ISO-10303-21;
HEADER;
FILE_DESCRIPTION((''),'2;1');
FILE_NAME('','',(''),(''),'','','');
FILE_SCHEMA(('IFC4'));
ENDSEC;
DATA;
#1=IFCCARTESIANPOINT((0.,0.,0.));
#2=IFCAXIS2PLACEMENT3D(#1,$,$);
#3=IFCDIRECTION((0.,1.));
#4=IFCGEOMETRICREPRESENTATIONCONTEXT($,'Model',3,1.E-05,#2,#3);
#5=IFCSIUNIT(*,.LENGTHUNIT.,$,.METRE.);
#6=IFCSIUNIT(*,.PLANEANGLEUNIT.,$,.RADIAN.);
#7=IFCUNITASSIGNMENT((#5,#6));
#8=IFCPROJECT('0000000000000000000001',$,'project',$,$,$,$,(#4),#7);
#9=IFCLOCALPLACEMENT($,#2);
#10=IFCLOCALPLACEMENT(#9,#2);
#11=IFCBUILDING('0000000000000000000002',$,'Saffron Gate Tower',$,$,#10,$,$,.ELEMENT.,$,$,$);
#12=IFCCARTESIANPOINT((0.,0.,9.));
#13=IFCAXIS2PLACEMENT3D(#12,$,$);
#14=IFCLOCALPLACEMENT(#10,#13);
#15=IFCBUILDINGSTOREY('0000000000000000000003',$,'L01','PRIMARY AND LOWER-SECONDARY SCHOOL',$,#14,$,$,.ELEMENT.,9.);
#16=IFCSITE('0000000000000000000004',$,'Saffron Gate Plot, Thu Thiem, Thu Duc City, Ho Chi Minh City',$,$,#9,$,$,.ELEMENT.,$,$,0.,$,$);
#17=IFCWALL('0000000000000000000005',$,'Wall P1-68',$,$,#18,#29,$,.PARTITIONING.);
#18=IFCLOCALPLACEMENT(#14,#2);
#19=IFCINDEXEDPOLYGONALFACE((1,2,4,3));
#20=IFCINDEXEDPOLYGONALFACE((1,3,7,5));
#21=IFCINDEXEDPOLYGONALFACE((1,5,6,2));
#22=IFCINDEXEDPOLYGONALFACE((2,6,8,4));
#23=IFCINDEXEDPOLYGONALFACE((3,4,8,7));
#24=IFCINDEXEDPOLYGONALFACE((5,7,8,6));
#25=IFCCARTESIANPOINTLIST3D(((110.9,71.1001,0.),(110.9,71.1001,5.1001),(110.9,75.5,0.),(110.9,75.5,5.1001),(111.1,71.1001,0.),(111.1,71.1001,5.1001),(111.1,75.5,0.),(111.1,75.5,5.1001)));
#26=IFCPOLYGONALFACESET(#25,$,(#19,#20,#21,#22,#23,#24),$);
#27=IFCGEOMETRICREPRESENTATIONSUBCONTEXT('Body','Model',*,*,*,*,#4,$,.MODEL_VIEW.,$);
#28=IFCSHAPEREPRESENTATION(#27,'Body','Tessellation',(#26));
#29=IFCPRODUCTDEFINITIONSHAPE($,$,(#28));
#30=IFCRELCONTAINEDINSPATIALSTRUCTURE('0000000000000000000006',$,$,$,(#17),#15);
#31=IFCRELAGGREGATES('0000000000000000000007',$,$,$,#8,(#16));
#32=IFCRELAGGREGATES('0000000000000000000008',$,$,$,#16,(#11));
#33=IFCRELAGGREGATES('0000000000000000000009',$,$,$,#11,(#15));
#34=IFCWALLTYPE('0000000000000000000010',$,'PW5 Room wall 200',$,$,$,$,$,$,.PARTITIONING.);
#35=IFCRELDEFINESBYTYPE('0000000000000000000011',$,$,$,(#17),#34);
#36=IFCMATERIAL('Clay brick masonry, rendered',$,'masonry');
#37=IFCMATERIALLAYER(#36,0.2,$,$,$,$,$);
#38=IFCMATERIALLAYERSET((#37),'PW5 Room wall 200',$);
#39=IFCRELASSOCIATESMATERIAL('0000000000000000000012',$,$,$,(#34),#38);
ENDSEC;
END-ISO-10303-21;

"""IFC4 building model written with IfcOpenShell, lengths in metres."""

from ifc_helpers import new_model, si_unit, direction, frame, frame_2d, origin, place, context, subcontext, project, spatial, rectangle, extrude, material, layer, layer_set, type_object, element, save


model = new_model("IFC4")

# Units and contexts
model_context = context("Model", 3, precision=1e-05, world=origin(), true_north=direction((0.0, 1.0)))
body_context = subcontext(model_context, "Body", "Model", "MODEL_VIEW")
ifc_project = project(units=[si_unit("LENGTHUNIT", "METRE"), si_unit("PLANEANGLEUNIT", "RADIAN")], contexts=[model_context])

# Site, building, storey
site_placement = place(None, origin())
site = spatial("IfcSite", under=ifc_project, at=site_placement, Name="Saffron Gate Plot, Thu Thiem, Thu Duc City, Ho Chi Minh City", CompositionType="ELEMENT", RefElevation=0.0)
building_placement = place(site_placement, origin())
building = spatial("IfcBuilding", under=site, at=building_placement, Name="Saffron Gate Tower", CompositionType="ELEMENT")
storey_placement = place(building_placement, frame((0.0, 0.0, 9.0)))
storey = spatial("IfcBuildingStorey", under=building, at=storey_placement, Name="L01", Description="PRIMARY AND LOWER-SECONDARY SCHOOL", CompositionType="ELEMENT", Elevation=9.0)

# Shared definitions
ifc_material_1 = material(Name="Clay brick masonry, rendered", Category="masonry")

# Wall
ifc_layer_1 = layer(ifc_material_1, 0.2)
ifc_layer_set_1 = layer_set([ifc_layer_1], Name="PW5 Room wall 200")
wall_type_1 = type_object("IfcWallType", Name="PW5 Room wall 200", PredefinedType="PARTITIONING", material=ifc_layer_set_1)
wall_1_placement = place(storey_placement, frame((111.0, 75.5, 0.0), z_axis=(0.0, 0.0, 1.0), x_axis=(0.0, -1.0, 0.0)))
element("IfcWall", 1, at=wall_1_placement, inside=storey, type_object=wall_type_1, Name="Wall P1-68", PredefinedType="PARTITIONING", context=body_context, shape_type="SweptSolid", body=[
    extrude(rectangle(XDim=4.3999, YDim=0.2, at=frame_2d((2.2, 0.0))), origin(), (0.0, 0.0, 1.0), 5.1001),
])

save(model, "model.ifc")
